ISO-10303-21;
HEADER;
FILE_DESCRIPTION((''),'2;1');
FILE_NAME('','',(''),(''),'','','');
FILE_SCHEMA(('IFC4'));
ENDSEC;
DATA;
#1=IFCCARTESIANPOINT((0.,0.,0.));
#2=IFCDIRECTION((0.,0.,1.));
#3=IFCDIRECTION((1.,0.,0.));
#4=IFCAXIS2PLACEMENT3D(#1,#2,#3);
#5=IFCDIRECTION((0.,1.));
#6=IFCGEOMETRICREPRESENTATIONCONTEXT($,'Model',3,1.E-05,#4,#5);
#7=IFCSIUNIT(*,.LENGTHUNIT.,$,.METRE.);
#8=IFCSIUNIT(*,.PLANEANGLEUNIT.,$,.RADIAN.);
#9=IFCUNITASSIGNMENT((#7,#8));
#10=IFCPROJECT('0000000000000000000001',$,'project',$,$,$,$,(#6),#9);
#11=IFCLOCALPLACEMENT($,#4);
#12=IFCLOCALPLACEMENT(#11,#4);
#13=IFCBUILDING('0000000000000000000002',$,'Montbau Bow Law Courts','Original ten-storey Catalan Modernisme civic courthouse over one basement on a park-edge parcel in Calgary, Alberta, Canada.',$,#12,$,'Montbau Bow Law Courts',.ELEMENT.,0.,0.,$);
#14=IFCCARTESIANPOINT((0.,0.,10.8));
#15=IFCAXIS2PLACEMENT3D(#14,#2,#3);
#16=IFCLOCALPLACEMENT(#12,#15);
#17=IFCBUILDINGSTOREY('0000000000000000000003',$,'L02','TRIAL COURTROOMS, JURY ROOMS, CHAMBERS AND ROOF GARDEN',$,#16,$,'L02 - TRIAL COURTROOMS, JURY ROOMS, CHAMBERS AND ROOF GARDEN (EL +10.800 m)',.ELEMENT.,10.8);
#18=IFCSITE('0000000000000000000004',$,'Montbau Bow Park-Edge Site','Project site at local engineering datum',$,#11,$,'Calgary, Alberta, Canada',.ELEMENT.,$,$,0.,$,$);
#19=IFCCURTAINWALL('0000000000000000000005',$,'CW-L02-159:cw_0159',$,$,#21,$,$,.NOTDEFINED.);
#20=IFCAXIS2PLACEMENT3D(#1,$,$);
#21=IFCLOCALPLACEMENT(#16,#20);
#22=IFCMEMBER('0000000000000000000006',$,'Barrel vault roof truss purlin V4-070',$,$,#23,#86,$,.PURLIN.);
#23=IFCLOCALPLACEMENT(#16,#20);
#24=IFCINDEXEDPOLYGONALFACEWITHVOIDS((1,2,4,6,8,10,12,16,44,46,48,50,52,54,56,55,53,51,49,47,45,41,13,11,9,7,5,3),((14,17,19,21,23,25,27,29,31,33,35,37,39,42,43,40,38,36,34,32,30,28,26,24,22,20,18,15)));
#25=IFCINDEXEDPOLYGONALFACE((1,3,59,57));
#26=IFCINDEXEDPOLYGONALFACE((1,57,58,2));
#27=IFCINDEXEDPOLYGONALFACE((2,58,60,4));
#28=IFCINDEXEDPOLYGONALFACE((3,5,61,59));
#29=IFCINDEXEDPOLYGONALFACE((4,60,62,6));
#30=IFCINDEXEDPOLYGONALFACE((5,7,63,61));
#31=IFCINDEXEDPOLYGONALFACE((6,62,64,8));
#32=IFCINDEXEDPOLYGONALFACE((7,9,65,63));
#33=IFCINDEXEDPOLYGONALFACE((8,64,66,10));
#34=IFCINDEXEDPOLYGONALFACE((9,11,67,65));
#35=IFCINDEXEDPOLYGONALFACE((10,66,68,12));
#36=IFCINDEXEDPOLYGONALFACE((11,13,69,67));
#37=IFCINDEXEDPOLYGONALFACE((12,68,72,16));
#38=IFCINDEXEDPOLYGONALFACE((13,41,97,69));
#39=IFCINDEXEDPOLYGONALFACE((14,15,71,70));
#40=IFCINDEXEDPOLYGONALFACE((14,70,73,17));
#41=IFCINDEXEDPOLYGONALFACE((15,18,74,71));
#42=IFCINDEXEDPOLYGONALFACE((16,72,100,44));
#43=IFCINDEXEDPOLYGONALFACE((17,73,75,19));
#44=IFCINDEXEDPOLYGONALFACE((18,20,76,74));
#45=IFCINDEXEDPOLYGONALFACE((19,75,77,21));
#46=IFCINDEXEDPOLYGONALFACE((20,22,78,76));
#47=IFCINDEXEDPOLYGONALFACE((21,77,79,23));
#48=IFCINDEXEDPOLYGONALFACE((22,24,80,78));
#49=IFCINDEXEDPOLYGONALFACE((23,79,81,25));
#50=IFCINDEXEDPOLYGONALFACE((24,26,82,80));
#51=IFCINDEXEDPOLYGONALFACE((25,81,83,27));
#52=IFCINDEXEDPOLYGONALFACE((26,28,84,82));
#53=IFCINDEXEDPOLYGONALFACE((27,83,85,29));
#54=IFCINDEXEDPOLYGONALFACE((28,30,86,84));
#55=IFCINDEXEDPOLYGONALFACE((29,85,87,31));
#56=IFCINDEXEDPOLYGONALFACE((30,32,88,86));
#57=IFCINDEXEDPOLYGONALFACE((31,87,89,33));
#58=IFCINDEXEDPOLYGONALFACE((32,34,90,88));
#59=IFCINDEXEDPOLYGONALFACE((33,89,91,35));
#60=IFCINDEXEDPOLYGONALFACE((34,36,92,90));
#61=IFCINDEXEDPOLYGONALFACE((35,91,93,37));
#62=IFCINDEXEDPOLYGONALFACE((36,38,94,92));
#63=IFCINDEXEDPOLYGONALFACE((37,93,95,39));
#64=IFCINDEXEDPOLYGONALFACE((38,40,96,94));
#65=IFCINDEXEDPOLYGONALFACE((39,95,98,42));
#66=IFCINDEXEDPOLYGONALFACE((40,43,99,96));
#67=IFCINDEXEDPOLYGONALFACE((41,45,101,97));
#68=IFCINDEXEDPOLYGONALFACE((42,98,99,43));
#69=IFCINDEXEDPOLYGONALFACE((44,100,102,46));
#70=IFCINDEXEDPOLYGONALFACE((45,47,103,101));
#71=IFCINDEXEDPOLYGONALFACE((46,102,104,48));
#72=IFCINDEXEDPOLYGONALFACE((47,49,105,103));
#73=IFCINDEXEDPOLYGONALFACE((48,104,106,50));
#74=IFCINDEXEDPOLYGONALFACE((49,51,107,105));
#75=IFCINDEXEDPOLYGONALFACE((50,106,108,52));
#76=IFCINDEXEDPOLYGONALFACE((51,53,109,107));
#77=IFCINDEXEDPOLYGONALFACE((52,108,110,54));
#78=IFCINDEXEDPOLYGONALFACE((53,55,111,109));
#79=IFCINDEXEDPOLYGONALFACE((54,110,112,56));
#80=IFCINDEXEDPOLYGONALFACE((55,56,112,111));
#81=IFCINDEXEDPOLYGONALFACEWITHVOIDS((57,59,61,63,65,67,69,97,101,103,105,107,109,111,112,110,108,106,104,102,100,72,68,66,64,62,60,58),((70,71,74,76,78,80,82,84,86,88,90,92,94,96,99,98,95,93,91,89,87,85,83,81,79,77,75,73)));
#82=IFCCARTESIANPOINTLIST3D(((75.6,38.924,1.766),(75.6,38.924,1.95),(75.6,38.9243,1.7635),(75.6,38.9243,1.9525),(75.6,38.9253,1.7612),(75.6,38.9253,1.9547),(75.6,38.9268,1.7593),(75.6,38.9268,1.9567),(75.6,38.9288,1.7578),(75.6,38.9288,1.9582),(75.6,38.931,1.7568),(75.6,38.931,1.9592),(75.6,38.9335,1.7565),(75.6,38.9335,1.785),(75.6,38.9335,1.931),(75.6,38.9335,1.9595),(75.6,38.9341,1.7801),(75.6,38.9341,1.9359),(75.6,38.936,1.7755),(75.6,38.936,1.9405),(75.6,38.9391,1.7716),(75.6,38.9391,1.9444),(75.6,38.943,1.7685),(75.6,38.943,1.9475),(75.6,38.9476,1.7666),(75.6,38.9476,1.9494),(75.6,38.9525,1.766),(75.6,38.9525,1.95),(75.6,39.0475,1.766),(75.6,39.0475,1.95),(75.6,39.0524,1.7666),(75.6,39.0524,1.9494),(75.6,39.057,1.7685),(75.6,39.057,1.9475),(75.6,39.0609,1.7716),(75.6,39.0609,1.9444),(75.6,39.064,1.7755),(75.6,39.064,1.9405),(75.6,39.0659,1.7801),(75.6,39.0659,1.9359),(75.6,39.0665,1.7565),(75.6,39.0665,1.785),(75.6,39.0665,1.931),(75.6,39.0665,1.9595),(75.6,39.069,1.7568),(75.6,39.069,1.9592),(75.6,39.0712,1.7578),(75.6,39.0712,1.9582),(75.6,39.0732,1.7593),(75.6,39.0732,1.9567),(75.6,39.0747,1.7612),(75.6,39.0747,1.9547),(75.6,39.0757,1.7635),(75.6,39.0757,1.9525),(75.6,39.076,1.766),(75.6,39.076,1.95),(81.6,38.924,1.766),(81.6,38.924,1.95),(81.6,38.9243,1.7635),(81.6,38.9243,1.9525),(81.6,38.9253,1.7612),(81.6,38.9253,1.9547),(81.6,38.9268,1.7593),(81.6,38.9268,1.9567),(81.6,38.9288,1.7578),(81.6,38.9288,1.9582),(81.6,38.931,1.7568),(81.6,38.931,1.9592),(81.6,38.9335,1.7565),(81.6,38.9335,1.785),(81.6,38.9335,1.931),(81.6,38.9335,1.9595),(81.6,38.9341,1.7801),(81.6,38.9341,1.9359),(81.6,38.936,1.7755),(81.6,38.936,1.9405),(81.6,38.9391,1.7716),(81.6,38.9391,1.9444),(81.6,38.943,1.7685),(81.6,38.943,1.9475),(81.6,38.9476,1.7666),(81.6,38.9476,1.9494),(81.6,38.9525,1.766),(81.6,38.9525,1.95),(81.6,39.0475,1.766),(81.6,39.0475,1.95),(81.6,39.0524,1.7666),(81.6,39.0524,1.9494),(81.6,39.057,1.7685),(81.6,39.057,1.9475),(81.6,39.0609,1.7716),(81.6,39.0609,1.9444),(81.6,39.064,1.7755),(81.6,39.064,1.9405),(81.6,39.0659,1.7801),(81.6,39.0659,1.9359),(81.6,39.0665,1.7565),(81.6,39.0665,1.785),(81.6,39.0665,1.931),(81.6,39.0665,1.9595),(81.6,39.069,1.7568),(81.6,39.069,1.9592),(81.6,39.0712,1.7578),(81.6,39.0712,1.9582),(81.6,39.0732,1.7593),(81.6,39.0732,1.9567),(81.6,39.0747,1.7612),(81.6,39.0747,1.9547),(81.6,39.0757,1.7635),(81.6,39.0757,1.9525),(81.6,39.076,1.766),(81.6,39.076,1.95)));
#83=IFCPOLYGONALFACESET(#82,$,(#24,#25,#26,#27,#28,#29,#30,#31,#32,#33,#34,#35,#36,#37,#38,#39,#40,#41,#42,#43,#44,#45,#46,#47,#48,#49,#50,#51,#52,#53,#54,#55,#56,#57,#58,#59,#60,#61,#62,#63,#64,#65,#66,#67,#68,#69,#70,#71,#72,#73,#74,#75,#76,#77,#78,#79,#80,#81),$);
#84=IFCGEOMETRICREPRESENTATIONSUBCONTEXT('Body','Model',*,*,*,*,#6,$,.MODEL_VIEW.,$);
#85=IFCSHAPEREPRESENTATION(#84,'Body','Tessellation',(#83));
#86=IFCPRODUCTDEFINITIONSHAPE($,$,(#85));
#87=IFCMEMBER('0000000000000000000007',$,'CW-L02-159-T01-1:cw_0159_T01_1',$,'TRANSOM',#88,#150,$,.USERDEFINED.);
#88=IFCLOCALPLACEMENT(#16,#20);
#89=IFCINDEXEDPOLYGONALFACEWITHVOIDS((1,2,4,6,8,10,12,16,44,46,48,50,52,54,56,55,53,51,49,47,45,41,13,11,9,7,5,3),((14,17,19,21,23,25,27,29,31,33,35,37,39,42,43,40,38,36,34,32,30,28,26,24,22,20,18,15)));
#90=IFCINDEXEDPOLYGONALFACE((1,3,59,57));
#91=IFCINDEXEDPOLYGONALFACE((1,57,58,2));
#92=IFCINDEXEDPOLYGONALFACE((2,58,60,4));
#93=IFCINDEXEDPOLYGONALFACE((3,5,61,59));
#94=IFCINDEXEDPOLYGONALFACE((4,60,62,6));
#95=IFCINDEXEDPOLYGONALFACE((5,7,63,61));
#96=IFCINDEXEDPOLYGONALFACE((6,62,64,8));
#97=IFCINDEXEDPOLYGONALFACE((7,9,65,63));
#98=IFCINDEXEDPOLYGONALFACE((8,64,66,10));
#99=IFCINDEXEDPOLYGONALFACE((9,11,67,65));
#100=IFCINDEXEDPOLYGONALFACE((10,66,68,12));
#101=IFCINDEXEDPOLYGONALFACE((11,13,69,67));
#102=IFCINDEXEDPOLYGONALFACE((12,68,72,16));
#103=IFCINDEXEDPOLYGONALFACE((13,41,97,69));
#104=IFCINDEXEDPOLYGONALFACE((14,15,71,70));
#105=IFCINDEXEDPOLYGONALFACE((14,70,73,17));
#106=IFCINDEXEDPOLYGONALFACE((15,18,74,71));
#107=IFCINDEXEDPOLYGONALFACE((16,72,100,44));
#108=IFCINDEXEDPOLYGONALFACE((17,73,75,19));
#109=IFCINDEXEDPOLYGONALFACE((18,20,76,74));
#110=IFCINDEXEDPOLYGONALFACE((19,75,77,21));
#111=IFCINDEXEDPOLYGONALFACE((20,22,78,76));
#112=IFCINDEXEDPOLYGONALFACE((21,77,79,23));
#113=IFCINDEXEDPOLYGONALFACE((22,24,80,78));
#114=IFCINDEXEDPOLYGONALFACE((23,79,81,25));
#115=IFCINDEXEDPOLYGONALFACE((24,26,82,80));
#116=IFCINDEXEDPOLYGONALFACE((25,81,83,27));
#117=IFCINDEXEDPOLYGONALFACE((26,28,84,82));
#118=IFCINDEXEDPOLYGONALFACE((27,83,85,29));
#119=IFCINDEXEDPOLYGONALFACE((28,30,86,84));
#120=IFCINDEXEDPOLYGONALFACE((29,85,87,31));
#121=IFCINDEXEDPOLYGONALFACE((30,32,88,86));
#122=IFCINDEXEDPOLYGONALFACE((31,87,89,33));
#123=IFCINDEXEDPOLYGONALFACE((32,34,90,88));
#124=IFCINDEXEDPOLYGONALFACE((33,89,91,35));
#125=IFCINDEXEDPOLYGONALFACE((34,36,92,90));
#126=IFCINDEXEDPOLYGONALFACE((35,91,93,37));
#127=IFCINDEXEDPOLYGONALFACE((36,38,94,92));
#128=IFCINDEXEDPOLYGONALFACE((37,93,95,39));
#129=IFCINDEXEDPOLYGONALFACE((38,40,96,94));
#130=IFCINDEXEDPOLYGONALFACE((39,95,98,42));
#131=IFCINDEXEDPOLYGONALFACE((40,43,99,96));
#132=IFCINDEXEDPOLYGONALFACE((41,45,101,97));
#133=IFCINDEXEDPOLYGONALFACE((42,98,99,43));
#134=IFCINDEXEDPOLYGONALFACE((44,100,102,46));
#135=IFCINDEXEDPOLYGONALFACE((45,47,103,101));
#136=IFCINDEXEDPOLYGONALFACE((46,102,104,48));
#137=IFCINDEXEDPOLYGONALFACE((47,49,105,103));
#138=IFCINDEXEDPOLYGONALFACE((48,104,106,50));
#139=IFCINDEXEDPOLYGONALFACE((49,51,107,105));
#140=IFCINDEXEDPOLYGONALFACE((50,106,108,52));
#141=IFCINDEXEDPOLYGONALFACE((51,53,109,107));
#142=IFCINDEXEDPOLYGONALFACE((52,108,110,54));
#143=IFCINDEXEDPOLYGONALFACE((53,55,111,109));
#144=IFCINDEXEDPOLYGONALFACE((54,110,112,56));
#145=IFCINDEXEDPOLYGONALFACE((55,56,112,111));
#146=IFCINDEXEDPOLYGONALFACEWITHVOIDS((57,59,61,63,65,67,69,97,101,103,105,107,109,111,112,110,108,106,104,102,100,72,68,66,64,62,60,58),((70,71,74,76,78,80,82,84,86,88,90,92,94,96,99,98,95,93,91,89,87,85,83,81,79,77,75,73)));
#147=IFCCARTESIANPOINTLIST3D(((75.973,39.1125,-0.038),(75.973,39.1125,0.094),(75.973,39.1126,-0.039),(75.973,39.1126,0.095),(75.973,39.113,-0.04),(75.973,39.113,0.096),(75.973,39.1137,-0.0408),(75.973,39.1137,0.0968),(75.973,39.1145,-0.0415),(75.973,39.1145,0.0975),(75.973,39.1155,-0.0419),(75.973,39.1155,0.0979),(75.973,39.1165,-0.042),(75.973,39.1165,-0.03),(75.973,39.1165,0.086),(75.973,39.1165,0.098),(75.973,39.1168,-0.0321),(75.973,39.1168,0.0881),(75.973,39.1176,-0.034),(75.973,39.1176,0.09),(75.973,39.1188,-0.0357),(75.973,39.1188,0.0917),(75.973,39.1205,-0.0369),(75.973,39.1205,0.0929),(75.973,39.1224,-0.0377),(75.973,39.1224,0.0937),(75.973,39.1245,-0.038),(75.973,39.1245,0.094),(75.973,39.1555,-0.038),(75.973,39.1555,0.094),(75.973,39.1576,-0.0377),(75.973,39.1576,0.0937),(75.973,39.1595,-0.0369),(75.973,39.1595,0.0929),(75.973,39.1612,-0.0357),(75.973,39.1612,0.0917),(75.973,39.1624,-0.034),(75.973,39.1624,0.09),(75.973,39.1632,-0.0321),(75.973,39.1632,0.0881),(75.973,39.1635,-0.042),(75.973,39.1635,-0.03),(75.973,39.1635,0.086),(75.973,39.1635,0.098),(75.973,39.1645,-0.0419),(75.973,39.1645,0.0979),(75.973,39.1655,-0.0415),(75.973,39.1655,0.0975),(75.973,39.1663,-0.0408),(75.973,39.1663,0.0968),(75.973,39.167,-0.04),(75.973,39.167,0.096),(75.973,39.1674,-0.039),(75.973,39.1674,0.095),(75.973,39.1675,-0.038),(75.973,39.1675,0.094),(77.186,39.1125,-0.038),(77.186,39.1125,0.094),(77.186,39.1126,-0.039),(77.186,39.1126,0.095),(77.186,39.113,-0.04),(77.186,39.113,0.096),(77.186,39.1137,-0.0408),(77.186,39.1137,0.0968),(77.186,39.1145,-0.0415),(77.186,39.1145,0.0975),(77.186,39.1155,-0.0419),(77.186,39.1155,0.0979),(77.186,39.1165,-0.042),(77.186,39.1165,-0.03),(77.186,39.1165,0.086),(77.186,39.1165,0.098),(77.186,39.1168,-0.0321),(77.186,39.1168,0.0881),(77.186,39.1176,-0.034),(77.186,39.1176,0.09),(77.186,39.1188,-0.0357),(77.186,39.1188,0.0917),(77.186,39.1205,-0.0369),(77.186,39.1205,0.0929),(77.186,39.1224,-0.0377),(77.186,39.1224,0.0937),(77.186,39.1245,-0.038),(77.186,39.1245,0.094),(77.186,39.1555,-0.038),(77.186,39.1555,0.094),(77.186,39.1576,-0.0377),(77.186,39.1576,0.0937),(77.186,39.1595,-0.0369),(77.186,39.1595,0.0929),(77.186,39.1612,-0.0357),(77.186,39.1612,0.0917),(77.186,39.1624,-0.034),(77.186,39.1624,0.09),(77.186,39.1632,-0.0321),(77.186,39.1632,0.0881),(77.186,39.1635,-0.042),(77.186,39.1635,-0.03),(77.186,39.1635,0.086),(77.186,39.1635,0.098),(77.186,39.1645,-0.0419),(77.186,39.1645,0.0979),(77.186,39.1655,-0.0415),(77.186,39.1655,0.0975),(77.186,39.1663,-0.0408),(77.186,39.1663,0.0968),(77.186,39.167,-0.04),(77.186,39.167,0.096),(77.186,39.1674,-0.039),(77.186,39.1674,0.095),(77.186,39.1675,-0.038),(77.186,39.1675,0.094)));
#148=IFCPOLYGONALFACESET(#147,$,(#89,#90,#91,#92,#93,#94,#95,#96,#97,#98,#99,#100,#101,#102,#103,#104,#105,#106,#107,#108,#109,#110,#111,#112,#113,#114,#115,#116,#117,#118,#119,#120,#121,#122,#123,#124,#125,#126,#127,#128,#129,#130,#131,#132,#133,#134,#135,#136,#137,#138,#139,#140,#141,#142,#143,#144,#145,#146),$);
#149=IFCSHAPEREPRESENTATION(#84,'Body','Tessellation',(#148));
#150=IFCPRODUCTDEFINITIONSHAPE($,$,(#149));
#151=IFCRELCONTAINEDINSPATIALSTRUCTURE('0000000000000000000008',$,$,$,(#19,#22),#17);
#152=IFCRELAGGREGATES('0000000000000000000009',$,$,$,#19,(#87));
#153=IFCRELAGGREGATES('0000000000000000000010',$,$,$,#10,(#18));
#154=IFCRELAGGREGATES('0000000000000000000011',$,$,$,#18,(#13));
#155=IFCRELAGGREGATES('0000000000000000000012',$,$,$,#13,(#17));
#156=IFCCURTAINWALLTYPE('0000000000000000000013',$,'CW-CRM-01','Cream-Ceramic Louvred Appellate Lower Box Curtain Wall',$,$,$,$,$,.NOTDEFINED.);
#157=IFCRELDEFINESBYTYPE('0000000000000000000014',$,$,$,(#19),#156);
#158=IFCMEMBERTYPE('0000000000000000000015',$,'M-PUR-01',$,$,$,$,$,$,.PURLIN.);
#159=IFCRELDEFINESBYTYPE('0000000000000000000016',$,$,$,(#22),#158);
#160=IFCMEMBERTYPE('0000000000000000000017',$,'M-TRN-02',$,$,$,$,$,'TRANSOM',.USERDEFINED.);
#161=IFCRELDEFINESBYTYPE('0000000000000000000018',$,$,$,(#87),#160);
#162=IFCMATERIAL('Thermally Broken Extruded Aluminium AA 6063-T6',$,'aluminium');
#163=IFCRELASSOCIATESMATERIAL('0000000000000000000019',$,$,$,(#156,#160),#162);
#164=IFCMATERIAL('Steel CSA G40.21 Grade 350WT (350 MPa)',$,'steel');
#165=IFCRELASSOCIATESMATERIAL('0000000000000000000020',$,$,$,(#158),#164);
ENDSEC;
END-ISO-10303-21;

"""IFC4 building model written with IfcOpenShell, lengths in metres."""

from ifc_helpers import new_model, si_unit, direction, frame, origin_with_axes, origin_2d_with_axis, place, context, subcontext, project, spatial, hollow_rectangle, extrude, material, material_profile, profile_set, type_object, element, aggregate, save


model = new_model("IFC4")

# Units and contexts
model_context = context("Model", 3, precision=1e-05, world=origin_with_axes(), true_north=direction((0.0, 1.0)))
body_context = subcontext(model_context, "Body", "Model", "MODEL_VIEW")
ifc_project = project(units=[si_unit("LENGTHUNIT", "METRE"), si_unit("PLANEANGLEUNIT", "RADIAN")], contexts=[model_context])

# Site, building, storey
site_placement = place(None, origin_with_axes())
site = spatial("IfcSite", under=ifc_project, at=site_placement, Name="Montbau Bow Park-Edge Site", Description="Project site at local engineering datum", LongName="Calgary, Alberta, Canada", CompositionType="ELEMENT", RefElevation=0.0)
building_placement = place(site_placement, origin_with_axes())
building = spatial("IfcBuilding", under=site, at=building_placement, Name="Montbau Bow Law Courts", Description="Original ten-storey Catalan Modernisme civic courthouse over one basement on a park-edge parcel in Calgary, Alberta, Canada.", LongName="Montbau Bow Law Courts", CompositionType="ELEMENT", ElevationOfRefHeight=0.0, ElevationOfTerrain=0.0)
storey_placement = place(building_placement, frame((0.0, 0.0, 10.8), z_axis=(0.0, 0.0, 1.0), x_axis=(1.0, 0.0, 0.0)))
storey = spatial("IfcBuildingStorey", under=building, at=storey_placement, Name="L02", Description="TRIAL COURTROOMS, JURY ROOMS, CHAMBERS AND ROOF GARDEN", LongName="L02 - TRIAL COURTROOMS, JURY ROOMS, CHAMBERS AND ROOF GARDEN (EL +10.800 m)", CompositionType="ELEMENT", Elevation=10.8)

# Curtain wall
ifc_material_1 = material(Name="Thermally Broken Extruded Aluminium AA 6063-T6", Category="aluminium")
curtain_wall_type = type_object("IfcCurtainWallType", Name="CW-CRM-01", Description="Cream-Ceramic Louvred Appellate Lower Box Curtain Wall", PredefinedType="NOTDEFINED", material=ifc_material_1)
curtain_wall_1_placement = place(None, frame((75.897, 39.14, 10.8), z_axis=(0.0, 0.0, 1.0), x_axis=(1.0, 0.0, 0.0)))
curtain_wall_1 = element("IfcCurtainWall", 1, at=curtain_wall_1_placement, inside=storey, type_object=curtain_wall_type, Name="CW-L02-159:cw_0159", PredefinedType="NOTDEFINED")

# Members
ifc_material_2 = material(Name="Steel CSA G40.21 Grade 350WT (350 MPa)", Category="steel")
ifc_material_profile_1 = material_profile(ifc_material_2, hollow_rectangle(XDim=0.152, YDim=0.203, WallThickness=0.0095, InnerFilletRadius=0.019, OuterFilletRadius=0.0095, at=origin_2d_with_axis()), Name="HSS203X152X9.5", Category="Main", Priority=0)
ifc_profile_set_1 = profile_set([ifc_material_profile_1], Name="Steel CSA G40.21 Grade 350WT (350 MPa)")
member_type_1 = type_object("IfcMemberType", Name="M-PUR-01", PredefinedType="PURLIN", material=ifc_profile_set_1)
member_1_placement = place(None, frame((75.6, 39.0, 12.658), z_axis=(1.0, 0.0, 0.0), x_axis=(0.0, 1.0, 0.0)))
element("IfcMember", 2, at=member_1_placement, inside=storey, type_object=member_type_1, Name="Barrel vault roof truss purlin V4-070", PredefinedType="PURLIN", context=body_context, shape_type="SweptSolid", body=[
    extrude(hollow_rectangle(XDim=0.152, YDim=0.203, WallThickness=0.0095, InnerFilletRadius=0.019, OuterFilletRadius=0.0095, at=origin_2d_with_axis()), origin_with_axes(), (0.0, 0.0, 1.0), 6.0),
])
ifc_material_profile_2 = material_profile(ifc_material_1, hollow_rectangle(XDim=0.055, YDim=0.14, WallThickness=0.004, InnerFilletRadius=0.008, OuterFilletRadius=0.004, at=origin_2d_with_axis()), Name="CWT-140X55", Category="Main", Priority=0)
ifc_profile_set_2 = profile_set([ifc_material_profile_2], Name="Thermally Broken Extruded Aluminium AA 6063-T6")
member_type_2 = type_object("IfcMemberType", Name="M-TRN-02", ElementType="TRANSOM", PredefinedType="USERDEFINED", material=ifc_profile_set_2)
member_2_placement = place(None, frame((75.973, 39.14, 10.828), z_axis=(1.0, 0.0, 0.0), x_axis=(0.0, 1.0, 0.0)))
member_2 = element("IfcMember", 3, at=member_2_placement, type_object=member_type_2, Name="CW-L02-159-T01-1:cw_0159_T01_1", ObjectType="TRANSOM", PredefinedType="USERDEFINED", context=body_context, shape_type="SweptSolid", body=[
    extrude(hollow_rectangle(XDim=0.055, YDim=0.14, WallThickness=0.004, InnerFilletRadius=0.008, OuterFilletRadius=0.004, at=origin_2d_with_axis()), origin_with_axes(), (0.0, 0.0, 1.0), 1.213),
])

aggregate(curtain_wall_1, [member_2])

save(model, "model.ifc")
